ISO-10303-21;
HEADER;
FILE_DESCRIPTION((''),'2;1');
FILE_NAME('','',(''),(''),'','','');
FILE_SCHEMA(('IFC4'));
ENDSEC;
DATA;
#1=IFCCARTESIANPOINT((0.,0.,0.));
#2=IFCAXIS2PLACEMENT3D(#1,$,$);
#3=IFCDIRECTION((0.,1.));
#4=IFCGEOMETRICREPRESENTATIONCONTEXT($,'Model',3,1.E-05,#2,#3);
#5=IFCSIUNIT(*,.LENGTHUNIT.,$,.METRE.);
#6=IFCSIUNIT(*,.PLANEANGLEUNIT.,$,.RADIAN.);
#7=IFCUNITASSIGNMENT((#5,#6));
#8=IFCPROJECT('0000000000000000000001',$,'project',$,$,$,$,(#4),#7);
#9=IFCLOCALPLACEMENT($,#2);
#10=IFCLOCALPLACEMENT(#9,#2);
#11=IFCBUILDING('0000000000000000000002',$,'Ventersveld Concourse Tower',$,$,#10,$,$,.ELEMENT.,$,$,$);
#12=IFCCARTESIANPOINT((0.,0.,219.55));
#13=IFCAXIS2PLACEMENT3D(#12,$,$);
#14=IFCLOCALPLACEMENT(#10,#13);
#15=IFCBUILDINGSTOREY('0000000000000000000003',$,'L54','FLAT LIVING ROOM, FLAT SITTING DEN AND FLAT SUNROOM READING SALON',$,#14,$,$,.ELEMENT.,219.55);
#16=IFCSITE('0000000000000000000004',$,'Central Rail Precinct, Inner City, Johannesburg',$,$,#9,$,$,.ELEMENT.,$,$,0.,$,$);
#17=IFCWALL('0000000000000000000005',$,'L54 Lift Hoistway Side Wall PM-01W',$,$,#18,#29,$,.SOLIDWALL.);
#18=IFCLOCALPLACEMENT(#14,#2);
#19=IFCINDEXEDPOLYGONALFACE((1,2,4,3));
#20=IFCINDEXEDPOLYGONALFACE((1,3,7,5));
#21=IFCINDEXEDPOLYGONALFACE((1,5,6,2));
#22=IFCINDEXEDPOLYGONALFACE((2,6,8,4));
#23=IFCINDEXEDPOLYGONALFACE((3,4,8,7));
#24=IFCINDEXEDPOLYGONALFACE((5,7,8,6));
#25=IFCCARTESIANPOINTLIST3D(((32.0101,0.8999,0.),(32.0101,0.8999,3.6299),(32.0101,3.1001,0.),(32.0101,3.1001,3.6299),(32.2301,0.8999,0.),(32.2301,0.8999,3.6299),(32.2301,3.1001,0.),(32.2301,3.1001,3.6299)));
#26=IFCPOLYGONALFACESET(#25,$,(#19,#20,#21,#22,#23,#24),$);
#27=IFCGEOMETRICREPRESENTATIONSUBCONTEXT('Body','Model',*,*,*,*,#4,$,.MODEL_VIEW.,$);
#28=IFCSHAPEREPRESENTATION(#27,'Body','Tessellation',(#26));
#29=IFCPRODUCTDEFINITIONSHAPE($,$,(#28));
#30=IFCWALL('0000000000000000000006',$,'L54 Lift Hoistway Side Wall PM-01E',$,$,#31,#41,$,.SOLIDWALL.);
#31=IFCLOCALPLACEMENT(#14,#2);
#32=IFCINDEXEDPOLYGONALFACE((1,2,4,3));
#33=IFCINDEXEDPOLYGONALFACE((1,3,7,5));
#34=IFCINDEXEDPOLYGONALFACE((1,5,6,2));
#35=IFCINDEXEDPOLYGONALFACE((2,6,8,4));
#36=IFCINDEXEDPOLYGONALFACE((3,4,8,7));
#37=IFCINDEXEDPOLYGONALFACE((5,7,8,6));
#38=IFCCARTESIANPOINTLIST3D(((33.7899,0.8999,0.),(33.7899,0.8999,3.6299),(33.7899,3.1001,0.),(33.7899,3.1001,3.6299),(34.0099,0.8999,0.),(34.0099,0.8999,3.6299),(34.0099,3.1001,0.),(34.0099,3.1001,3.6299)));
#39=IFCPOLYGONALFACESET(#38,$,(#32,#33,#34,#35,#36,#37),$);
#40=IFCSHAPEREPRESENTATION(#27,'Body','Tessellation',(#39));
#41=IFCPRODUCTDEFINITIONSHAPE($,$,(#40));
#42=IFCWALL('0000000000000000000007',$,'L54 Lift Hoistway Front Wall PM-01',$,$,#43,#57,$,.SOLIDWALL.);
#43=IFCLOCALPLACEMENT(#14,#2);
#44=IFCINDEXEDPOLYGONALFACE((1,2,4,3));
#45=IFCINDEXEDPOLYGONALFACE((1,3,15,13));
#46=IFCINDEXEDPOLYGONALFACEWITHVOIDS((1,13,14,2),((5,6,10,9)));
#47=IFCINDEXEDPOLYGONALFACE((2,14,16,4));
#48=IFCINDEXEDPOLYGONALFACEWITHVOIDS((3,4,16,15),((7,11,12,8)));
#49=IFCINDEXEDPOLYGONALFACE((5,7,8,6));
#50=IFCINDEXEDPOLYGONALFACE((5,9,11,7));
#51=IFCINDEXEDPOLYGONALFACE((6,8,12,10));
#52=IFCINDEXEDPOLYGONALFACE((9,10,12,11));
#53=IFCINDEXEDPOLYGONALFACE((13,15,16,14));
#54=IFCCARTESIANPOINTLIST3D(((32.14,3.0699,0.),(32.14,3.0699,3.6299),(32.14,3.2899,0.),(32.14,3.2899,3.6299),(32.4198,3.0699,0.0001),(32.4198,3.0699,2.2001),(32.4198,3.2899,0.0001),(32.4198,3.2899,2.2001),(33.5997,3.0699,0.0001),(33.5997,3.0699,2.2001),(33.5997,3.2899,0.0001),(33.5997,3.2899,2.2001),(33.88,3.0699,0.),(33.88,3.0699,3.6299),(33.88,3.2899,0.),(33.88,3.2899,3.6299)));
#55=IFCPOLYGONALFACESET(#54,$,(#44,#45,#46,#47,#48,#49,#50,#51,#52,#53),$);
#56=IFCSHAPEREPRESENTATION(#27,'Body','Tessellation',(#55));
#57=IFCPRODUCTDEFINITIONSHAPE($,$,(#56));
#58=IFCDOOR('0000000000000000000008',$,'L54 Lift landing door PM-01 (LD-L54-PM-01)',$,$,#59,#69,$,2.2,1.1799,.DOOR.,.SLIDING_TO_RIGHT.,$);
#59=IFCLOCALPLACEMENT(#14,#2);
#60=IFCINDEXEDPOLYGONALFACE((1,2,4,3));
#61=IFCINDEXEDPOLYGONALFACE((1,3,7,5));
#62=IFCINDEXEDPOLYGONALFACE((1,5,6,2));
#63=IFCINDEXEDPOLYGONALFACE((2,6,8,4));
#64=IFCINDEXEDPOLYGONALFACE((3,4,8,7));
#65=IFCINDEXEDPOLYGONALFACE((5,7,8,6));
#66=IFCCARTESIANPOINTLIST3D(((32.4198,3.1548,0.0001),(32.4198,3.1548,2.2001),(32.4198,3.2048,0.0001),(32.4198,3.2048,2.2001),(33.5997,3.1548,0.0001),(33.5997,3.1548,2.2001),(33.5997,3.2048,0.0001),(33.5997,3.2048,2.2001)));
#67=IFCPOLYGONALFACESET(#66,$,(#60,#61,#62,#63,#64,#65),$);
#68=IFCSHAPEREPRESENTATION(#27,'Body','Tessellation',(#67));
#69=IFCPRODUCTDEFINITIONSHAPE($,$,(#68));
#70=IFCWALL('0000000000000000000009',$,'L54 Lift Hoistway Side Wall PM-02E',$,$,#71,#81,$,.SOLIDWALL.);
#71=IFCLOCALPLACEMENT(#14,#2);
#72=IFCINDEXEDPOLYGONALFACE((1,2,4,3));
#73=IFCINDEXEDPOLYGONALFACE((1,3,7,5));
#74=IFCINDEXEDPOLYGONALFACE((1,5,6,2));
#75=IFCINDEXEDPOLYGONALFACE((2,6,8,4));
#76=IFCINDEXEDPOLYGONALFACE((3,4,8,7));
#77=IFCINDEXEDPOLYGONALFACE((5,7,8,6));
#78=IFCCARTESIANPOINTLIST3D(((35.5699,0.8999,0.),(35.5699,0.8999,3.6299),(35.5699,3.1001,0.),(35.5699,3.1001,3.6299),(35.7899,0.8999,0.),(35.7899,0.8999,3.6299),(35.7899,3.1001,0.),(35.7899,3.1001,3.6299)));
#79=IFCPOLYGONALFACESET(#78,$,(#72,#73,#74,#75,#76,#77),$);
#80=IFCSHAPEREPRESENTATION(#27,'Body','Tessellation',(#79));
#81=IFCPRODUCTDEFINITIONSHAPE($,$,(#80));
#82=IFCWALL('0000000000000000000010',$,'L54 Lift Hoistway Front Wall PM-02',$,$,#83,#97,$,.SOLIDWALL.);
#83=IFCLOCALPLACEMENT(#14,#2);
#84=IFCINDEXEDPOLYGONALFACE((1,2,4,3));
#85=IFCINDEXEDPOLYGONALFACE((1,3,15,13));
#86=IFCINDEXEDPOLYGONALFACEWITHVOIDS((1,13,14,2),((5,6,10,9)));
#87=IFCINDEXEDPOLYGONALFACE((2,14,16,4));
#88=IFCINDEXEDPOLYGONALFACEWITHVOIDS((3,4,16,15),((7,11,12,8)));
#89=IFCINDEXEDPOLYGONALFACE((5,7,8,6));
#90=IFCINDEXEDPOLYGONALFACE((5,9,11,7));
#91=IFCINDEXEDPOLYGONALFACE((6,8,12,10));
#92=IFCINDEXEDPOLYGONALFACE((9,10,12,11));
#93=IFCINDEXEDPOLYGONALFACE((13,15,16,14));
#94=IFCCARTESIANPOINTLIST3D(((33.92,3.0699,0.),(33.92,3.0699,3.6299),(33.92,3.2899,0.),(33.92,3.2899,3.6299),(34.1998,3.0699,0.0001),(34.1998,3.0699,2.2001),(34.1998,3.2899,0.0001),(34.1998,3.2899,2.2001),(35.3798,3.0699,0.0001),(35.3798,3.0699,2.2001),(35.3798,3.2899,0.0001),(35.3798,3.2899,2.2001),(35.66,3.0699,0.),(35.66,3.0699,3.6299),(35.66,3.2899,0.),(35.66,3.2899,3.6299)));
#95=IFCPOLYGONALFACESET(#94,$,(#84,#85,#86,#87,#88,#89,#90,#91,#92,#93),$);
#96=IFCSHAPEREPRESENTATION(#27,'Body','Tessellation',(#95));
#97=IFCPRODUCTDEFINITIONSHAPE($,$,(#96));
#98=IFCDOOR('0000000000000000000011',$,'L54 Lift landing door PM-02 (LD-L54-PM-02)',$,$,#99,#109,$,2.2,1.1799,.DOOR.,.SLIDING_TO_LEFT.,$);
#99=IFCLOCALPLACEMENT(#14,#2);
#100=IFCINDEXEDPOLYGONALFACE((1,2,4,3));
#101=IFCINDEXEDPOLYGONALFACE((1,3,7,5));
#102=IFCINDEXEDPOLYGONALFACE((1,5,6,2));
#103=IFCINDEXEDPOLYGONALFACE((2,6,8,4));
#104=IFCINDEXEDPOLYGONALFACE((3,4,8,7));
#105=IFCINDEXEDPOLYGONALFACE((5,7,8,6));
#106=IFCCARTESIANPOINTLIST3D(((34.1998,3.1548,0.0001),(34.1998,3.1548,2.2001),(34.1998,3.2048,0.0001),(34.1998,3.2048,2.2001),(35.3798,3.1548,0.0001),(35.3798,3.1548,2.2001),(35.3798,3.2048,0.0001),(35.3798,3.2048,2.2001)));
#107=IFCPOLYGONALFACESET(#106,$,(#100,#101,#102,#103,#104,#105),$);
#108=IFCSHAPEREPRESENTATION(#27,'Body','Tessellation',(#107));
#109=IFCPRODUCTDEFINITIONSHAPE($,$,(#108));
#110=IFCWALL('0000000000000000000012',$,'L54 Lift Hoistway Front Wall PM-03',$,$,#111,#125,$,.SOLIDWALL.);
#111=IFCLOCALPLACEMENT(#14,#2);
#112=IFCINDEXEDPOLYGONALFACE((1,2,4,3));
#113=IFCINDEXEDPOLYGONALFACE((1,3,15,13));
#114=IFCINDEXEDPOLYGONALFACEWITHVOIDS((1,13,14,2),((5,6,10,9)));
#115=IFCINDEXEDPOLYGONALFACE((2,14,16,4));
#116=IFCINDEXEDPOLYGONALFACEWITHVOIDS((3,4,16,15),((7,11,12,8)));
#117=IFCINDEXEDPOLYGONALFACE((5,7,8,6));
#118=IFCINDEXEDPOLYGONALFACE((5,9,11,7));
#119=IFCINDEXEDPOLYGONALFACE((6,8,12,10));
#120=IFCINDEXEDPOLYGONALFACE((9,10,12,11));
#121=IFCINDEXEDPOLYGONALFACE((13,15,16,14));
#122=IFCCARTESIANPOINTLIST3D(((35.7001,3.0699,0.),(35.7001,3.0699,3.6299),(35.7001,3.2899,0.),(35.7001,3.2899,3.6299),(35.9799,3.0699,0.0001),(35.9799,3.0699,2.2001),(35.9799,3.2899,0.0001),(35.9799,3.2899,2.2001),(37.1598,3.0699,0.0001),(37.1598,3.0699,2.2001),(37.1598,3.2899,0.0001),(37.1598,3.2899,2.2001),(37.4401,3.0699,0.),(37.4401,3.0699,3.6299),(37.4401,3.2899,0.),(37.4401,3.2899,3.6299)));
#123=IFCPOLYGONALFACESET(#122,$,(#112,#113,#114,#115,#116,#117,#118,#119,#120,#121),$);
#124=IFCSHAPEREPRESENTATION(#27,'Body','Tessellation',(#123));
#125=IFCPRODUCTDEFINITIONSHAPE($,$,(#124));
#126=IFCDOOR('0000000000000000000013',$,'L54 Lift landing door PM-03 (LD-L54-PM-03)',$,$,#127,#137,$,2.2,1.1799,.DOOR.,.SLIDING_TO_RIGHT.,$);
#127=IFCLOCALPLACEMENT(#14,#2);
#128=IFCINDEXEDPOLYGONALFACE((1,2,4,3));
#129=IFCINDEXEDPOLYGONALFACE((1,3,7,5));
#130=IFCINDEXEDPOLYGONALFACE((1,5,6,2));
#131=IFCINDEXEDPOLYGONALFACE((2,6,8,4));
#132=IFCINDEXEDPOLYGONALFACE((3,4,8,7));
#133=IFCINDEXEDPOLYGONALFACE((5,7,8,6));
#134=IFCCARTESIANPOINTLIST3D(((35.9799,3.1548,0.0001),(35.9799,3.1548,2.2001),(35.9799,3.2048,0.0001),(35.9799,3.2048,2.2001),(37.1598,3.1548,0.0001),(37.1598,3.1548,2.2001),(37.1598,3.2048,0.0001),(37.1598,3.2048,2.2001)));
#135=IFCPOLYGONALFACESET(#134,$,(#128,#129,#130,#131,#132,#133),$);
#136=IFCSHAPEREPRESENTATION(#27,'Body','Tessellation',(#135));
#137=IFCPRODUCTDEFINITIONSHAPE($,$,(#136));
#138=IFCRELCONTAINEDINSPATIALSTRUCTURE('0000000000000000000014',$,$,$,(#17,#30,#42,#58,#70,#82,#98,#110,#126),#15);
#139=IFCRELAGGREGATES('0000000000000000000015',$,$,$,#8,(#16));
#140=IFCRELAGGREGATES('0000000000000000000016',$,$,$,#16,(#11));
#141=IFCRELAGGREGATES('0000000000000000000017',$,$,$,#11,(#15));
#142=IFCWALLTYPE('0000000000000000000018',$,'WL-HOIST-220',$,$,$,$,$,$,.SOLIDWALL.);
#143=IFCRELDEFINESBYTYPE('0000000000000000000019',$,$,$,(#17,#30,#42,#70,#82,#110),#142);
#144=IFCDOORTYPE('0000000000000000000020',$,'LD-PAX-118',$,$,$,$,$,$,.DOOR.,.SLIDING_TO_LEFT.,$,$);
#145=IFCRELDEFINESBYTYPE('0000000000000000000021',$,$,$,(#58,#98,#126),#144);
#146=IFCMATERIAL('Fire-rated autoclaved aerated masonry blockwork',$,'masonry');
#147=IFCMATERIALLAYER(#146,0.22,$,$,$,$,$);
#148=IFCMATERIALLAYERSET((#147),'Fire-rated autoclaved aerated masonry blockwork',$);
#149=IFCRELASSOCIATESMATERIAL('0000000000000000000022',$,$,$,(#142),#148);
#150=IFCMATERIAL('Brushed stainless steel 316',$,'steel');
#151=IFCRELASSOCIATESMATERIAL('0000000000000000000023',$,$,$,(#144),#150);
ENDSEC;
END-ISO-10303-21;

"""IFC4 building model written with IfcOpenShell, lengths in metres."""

from ifc_helpers import new_model, si_unit, direction, frame, frame_2d, origin, place, context, subcontext, project, spatial, rectangle, extrude, material, layer, layer_set, type_object, element, fill, save


model = new_model("IFC4")

# Units and contexts
model_context = context("Model", 3, precision=1e-05, world=origin(), true_north=direction((0.0, 1.0)))
body_context = subcontext(model_context, "Body", "Model", "MODEL_VIEW")
ifc_project = project(units=[si_unit("LENGTHUNIT", "METRE"), si_unit("PLANEANGLEUNIT", "RADIAN")], contexts=[model_context])

# Site, building, storey
site_placement = place(None, origin())
site = spatial("IfcSite", under=ifc_project, at=site_placement, Name="Central Rail Precinct, Inner City, Johannesburg", CompositionType="ELEMENT", RefElevation=0.0)
building_placement = place(site_placement, origin())
building = spatial("IfcBuilding", under=site, at=building_placement, Name="Ventersveld Concourse Tower", CompositionType="ELEMENT")
storey_placement = place(building_placement, frame((0.0, 0.0, 219.55)))
storey = spatial("IfcBuildingStorey", under=building, at=storey_placement, Name="L54", Description="FLAT LIVING ROOM, FLAT SITTING DEN AND FLAT SUNROOM READING SALON", CompositionType="ELEMENT", Elevation=219.55)

# Walls
ifc_material_1 = material(Name="Fire-rated autoclaved aerated masonry blockwork", Category="masonry")
ifc_layer_1 = layer(ifc_material_1, 0.22)
ifc_layer_set_1 = layer_set([ifc_layer_1], Name="Fire-rated autoclaved aerated masonry blockwork")
wall_type_1 = type_object("IfcWallType", Name="WL-HOIST-220", PredefinedType="SOLIDWALL", material=ifc_layer_set_1)
for number, where, z_axis, x_axis, name in (
    (1, (32.1201, 0.8999, 0.0), (0.0, 0.0, 1.0), (0.0, 1.0, 0.0), "L54 Lift Hoistway Side Wall PM-01W"),
    (2, (33.8999, 0.8999, 0.0), (0.0, 0.0, 1.0), (0.0, 1.0, 0.0), "L54 Lift Hoistway Side Wall PM-01E"),
):
    element("IfcWall", number, at=place(storey_placement, frame(where, z_axis=z_axis, x_axis=x_axis)), inside=storey, type_object=wall_type_1, Name=name, PredefinedType="SOLIDWALL", context=body_context, shape_type="SweptSolid", body=[
        extrude(rectangle(XDim=2.2002, YDim=0.22, at=frame_2d((1.1001, 0.0))), origin(), (0.0, 0.0, 1.0), 3.6299),
    ])

# Wall, opening, door
wall_1_placement = place(storey_placement, frame((32.1399, 3.1799, 0.0), z_axis=(0.0, 0.0, 1.0), x_axis=(1.0, 0.0, 0.0)))
wall_1 = element("IfcWall", 3, at=wall_1_placement, inside=storey, type_object=wall_type_1, Name="L54 Lift Hoistway Front Wall PM-01", PredefinedType="SOLIDWALL", context=body_context, shape_type="SweptSolid", body=[
    extrude(rectangle(XDim=1.74, YDim=0.22, at=frame_2d((0.8701, 0.0))), origin(), (0.0, 0.0, 1.0), 3.6299),
])
opening_1_placement = place(wall_1_placement, frame((0.28, 0.0, 0.0)))
opening_1 = element("IfcOpeningElement", 4, at=opening_1_placement, cuts=wall_1, PredefinedType="OPENING", context=body_context, shape_type="SweptSolid", body=[
    extrude(rectangle(XDim=1.1799, YDim=2.2, at=frame_2d((0.5898, 1.1001))), frame((0.0, 0.1201, 0.0), z_axis=(0.0, -1.0, 0.0), x_axis=(1.0, 0.0, 0.0)), (0.0, 0.0, 1.0), 0.24),
])
ifc_material_2 = material(Name="Brushed stainless steel 316", Category="steel")
door_type = type_object("IfcDoorType", Name="LD-PAX-118", OperationType="SLIDING_TO_LEFT", PredefinedType="DOOR", material=ifc_material_2)
door_1_placement = place(opening_1_placement, origin())
door_1 = element("IfcDoor", 5, at=door_1_placement, inside=storey, type_object=door_type, Name="L54 Lift landing door PM-01 (LD-L54-PM-01)", OperationType="SLIDING_TO_RIGHT", OverallHeight=2.2, OverallWidth=1.1799, PredefinedType="DOOR", context=body_context, shape_type="SweptSolid", body=[
    extrude(rectangle(XDim=1.1799, YDim=2.2, at=frame_2d((0.5898, 1.1001))), frame((0.0, 0.0249, 0.0), z_axis=(0.0, -1.0, 0.0), x_axis=(1.0, 0.0, 0.0)), (0.0, 0.0, 1.0), 0.05),
])
fill(opening_1, door_1)

# Wall
wall_2_placement = place(storey_placement, frame((35.6799, 0.8999, 0.0), z_axis=(0.0, 0.0, 1.0), x_axis=(0.0, 1.0, 0.0)))
element("IfcWall", 6, at=wall_2_placement, inside=storey, type_object=wall_type_1, Name="L54 Lift Hoistway Side Wall PM-02E", PredefinedType="SOLIDWALL", context=body_context, shape_type="SweptSolid", body=[
    extrude(rectangle(XDim=2.2002, YDim=0.22, at=frame_2d((1.1001, 0.0))), origin(), (0.0, 0.0, 1.0), 3.6299),
])

# Walls, openings, doors
wall_3_placement = place(storey_placement, frame((33.9199, 3.1799, 0.0), z_axis=(0.0, 0.0, 1.0), x_axis=(1.0, 0.0, 0.0)))
wall_3 = element("IfcWall", 7, at=wall_3_placement, inside=storey, type_object=wall_type_1, Name="L54 Lift Hoistway Front Wall PM-02", PredefinedType="SOLIDWALL", context=body_context, shape_type="SweptSolid", body=[
    extrude(rectangle(XDim=1.74, YDim=0.22, at=frame_2d((0.8701, 0.0))), origin(), (0.0, 0.0, 1.0), 3.6299),
])
opening_2_placement = place(wall_3_placement, frame((0.28, 0.0, 0.0)))
opening_2 = element("IfcOpeningElement", 8, at=opening_2_placement, cuts=wall_3, PredefinedType="OPENING", context=body_context, shape_type="SweptSolid", body=[
    extrude(rectangle(XDim=1.1799, YDim=2.2, at=frame_2d((0.5898, 1.1001))), frame((0.0, 0.1201, 0.0), z_axis=(0.0, -1.0, 0.0), x_axis=(1.0, 0.0, 0.0)), (0.0, 0.0, 1.0), 0.24),
])
door_2_placement = place(opening_2_placement, origin())
door_2 = element("IfcDoor", 9, at=door_2_placement, inside=storey, type_object=door_type, Name="L54 Lift landing door PM-02 (LD-L54-PM-02)", OperationType="SLIDING_TO_LEFT", OverallHeight=2.2, OverallWidth=1.1799, PredefinedType="DOOR", context=body_context, shape_type="SweptSolid", body=[
    extrude(rectangle(XDim=1.1799, YDim=2.2, at=frame_2d((0.5898, 1.1001))), frame((0.0, 0.0249, 0.0), z_axis=(0.0, -1.0, 0.0), x_axis=(1.0, 0.0, 0.0)), (0.0, 0.0, 1.0), 0.05),
])
fill(opening_2, door_2)
wall_4_placement = place(storey_placement, frame((35.7, 3.1799, 0.0), z_axis=(0.0, 0.0, 1.0), x_axis=(1.0, 0.0, 0.0)))
wall_4 = element("IfcWall", 10, at=wall_4_placement, inside=storey, type_object=wall_type_1, Name="L54 Lift Hoistway Front Wall PM-03", PredefinedType="SOLIDWALL", context=body_context, shape_type="SweptSolid", body=[
    extrude(rectangle(XDim=1.74, YDim=0.22, at=frame_2d((0.8701, 0.0))), origin(), (0.0, 0.0, 1.0), 3.6299),
])
opening_3_placement = place(wall_4_placement, frame((0.28, 0.0, 0.0)))
opening_3 = element("IfcOpeningElement", 11, at=opening_3_placement, cuts=wall_4, PredefinedType="OPENING", context=body_context, shape_type="SweptSolid", body=[
    extrude(rectangle(XDim=1.1799, YDim=2.2, at=frame_2d((0.5898, 1.1001))), frame((0.0, 0.1201, 0.0), z_axis=(0.0, -1.0, 0.0), x_axis=(1.0, 0.0, 0.0)), (0.0, 0.0, 1.0), 0.24),
])
door_3_placement = place(opening_3_placement, origin())
door_3 = element("IfcDoor", 12, at=door_3_placement, inside=storey, type_object=door_type, Name="L54 Lift landing door PM-03 (LD-L54-PM-03)", OperationType="SLIDING_TO_RIGHT", OverallHeight=2.2, OverallWidth=1.1799, PredefinedType="DOOR", context=body_context, shape_type="SweptSolid", body=[
    extrude(rectangle(XDim=1.1799, YDim=2.2, at=frame_2d((0.5898, 1.1001))), frame((0.0, 0.0249, 0.0), z_axis=(0.0, -1.0, 0.0), x_axis=(1.0, 0.0, 0.0)), (0.0, 0.0, 1.0), 0.05),
])
fill(opening_3, door_3)

save(model, "model.ifc")
